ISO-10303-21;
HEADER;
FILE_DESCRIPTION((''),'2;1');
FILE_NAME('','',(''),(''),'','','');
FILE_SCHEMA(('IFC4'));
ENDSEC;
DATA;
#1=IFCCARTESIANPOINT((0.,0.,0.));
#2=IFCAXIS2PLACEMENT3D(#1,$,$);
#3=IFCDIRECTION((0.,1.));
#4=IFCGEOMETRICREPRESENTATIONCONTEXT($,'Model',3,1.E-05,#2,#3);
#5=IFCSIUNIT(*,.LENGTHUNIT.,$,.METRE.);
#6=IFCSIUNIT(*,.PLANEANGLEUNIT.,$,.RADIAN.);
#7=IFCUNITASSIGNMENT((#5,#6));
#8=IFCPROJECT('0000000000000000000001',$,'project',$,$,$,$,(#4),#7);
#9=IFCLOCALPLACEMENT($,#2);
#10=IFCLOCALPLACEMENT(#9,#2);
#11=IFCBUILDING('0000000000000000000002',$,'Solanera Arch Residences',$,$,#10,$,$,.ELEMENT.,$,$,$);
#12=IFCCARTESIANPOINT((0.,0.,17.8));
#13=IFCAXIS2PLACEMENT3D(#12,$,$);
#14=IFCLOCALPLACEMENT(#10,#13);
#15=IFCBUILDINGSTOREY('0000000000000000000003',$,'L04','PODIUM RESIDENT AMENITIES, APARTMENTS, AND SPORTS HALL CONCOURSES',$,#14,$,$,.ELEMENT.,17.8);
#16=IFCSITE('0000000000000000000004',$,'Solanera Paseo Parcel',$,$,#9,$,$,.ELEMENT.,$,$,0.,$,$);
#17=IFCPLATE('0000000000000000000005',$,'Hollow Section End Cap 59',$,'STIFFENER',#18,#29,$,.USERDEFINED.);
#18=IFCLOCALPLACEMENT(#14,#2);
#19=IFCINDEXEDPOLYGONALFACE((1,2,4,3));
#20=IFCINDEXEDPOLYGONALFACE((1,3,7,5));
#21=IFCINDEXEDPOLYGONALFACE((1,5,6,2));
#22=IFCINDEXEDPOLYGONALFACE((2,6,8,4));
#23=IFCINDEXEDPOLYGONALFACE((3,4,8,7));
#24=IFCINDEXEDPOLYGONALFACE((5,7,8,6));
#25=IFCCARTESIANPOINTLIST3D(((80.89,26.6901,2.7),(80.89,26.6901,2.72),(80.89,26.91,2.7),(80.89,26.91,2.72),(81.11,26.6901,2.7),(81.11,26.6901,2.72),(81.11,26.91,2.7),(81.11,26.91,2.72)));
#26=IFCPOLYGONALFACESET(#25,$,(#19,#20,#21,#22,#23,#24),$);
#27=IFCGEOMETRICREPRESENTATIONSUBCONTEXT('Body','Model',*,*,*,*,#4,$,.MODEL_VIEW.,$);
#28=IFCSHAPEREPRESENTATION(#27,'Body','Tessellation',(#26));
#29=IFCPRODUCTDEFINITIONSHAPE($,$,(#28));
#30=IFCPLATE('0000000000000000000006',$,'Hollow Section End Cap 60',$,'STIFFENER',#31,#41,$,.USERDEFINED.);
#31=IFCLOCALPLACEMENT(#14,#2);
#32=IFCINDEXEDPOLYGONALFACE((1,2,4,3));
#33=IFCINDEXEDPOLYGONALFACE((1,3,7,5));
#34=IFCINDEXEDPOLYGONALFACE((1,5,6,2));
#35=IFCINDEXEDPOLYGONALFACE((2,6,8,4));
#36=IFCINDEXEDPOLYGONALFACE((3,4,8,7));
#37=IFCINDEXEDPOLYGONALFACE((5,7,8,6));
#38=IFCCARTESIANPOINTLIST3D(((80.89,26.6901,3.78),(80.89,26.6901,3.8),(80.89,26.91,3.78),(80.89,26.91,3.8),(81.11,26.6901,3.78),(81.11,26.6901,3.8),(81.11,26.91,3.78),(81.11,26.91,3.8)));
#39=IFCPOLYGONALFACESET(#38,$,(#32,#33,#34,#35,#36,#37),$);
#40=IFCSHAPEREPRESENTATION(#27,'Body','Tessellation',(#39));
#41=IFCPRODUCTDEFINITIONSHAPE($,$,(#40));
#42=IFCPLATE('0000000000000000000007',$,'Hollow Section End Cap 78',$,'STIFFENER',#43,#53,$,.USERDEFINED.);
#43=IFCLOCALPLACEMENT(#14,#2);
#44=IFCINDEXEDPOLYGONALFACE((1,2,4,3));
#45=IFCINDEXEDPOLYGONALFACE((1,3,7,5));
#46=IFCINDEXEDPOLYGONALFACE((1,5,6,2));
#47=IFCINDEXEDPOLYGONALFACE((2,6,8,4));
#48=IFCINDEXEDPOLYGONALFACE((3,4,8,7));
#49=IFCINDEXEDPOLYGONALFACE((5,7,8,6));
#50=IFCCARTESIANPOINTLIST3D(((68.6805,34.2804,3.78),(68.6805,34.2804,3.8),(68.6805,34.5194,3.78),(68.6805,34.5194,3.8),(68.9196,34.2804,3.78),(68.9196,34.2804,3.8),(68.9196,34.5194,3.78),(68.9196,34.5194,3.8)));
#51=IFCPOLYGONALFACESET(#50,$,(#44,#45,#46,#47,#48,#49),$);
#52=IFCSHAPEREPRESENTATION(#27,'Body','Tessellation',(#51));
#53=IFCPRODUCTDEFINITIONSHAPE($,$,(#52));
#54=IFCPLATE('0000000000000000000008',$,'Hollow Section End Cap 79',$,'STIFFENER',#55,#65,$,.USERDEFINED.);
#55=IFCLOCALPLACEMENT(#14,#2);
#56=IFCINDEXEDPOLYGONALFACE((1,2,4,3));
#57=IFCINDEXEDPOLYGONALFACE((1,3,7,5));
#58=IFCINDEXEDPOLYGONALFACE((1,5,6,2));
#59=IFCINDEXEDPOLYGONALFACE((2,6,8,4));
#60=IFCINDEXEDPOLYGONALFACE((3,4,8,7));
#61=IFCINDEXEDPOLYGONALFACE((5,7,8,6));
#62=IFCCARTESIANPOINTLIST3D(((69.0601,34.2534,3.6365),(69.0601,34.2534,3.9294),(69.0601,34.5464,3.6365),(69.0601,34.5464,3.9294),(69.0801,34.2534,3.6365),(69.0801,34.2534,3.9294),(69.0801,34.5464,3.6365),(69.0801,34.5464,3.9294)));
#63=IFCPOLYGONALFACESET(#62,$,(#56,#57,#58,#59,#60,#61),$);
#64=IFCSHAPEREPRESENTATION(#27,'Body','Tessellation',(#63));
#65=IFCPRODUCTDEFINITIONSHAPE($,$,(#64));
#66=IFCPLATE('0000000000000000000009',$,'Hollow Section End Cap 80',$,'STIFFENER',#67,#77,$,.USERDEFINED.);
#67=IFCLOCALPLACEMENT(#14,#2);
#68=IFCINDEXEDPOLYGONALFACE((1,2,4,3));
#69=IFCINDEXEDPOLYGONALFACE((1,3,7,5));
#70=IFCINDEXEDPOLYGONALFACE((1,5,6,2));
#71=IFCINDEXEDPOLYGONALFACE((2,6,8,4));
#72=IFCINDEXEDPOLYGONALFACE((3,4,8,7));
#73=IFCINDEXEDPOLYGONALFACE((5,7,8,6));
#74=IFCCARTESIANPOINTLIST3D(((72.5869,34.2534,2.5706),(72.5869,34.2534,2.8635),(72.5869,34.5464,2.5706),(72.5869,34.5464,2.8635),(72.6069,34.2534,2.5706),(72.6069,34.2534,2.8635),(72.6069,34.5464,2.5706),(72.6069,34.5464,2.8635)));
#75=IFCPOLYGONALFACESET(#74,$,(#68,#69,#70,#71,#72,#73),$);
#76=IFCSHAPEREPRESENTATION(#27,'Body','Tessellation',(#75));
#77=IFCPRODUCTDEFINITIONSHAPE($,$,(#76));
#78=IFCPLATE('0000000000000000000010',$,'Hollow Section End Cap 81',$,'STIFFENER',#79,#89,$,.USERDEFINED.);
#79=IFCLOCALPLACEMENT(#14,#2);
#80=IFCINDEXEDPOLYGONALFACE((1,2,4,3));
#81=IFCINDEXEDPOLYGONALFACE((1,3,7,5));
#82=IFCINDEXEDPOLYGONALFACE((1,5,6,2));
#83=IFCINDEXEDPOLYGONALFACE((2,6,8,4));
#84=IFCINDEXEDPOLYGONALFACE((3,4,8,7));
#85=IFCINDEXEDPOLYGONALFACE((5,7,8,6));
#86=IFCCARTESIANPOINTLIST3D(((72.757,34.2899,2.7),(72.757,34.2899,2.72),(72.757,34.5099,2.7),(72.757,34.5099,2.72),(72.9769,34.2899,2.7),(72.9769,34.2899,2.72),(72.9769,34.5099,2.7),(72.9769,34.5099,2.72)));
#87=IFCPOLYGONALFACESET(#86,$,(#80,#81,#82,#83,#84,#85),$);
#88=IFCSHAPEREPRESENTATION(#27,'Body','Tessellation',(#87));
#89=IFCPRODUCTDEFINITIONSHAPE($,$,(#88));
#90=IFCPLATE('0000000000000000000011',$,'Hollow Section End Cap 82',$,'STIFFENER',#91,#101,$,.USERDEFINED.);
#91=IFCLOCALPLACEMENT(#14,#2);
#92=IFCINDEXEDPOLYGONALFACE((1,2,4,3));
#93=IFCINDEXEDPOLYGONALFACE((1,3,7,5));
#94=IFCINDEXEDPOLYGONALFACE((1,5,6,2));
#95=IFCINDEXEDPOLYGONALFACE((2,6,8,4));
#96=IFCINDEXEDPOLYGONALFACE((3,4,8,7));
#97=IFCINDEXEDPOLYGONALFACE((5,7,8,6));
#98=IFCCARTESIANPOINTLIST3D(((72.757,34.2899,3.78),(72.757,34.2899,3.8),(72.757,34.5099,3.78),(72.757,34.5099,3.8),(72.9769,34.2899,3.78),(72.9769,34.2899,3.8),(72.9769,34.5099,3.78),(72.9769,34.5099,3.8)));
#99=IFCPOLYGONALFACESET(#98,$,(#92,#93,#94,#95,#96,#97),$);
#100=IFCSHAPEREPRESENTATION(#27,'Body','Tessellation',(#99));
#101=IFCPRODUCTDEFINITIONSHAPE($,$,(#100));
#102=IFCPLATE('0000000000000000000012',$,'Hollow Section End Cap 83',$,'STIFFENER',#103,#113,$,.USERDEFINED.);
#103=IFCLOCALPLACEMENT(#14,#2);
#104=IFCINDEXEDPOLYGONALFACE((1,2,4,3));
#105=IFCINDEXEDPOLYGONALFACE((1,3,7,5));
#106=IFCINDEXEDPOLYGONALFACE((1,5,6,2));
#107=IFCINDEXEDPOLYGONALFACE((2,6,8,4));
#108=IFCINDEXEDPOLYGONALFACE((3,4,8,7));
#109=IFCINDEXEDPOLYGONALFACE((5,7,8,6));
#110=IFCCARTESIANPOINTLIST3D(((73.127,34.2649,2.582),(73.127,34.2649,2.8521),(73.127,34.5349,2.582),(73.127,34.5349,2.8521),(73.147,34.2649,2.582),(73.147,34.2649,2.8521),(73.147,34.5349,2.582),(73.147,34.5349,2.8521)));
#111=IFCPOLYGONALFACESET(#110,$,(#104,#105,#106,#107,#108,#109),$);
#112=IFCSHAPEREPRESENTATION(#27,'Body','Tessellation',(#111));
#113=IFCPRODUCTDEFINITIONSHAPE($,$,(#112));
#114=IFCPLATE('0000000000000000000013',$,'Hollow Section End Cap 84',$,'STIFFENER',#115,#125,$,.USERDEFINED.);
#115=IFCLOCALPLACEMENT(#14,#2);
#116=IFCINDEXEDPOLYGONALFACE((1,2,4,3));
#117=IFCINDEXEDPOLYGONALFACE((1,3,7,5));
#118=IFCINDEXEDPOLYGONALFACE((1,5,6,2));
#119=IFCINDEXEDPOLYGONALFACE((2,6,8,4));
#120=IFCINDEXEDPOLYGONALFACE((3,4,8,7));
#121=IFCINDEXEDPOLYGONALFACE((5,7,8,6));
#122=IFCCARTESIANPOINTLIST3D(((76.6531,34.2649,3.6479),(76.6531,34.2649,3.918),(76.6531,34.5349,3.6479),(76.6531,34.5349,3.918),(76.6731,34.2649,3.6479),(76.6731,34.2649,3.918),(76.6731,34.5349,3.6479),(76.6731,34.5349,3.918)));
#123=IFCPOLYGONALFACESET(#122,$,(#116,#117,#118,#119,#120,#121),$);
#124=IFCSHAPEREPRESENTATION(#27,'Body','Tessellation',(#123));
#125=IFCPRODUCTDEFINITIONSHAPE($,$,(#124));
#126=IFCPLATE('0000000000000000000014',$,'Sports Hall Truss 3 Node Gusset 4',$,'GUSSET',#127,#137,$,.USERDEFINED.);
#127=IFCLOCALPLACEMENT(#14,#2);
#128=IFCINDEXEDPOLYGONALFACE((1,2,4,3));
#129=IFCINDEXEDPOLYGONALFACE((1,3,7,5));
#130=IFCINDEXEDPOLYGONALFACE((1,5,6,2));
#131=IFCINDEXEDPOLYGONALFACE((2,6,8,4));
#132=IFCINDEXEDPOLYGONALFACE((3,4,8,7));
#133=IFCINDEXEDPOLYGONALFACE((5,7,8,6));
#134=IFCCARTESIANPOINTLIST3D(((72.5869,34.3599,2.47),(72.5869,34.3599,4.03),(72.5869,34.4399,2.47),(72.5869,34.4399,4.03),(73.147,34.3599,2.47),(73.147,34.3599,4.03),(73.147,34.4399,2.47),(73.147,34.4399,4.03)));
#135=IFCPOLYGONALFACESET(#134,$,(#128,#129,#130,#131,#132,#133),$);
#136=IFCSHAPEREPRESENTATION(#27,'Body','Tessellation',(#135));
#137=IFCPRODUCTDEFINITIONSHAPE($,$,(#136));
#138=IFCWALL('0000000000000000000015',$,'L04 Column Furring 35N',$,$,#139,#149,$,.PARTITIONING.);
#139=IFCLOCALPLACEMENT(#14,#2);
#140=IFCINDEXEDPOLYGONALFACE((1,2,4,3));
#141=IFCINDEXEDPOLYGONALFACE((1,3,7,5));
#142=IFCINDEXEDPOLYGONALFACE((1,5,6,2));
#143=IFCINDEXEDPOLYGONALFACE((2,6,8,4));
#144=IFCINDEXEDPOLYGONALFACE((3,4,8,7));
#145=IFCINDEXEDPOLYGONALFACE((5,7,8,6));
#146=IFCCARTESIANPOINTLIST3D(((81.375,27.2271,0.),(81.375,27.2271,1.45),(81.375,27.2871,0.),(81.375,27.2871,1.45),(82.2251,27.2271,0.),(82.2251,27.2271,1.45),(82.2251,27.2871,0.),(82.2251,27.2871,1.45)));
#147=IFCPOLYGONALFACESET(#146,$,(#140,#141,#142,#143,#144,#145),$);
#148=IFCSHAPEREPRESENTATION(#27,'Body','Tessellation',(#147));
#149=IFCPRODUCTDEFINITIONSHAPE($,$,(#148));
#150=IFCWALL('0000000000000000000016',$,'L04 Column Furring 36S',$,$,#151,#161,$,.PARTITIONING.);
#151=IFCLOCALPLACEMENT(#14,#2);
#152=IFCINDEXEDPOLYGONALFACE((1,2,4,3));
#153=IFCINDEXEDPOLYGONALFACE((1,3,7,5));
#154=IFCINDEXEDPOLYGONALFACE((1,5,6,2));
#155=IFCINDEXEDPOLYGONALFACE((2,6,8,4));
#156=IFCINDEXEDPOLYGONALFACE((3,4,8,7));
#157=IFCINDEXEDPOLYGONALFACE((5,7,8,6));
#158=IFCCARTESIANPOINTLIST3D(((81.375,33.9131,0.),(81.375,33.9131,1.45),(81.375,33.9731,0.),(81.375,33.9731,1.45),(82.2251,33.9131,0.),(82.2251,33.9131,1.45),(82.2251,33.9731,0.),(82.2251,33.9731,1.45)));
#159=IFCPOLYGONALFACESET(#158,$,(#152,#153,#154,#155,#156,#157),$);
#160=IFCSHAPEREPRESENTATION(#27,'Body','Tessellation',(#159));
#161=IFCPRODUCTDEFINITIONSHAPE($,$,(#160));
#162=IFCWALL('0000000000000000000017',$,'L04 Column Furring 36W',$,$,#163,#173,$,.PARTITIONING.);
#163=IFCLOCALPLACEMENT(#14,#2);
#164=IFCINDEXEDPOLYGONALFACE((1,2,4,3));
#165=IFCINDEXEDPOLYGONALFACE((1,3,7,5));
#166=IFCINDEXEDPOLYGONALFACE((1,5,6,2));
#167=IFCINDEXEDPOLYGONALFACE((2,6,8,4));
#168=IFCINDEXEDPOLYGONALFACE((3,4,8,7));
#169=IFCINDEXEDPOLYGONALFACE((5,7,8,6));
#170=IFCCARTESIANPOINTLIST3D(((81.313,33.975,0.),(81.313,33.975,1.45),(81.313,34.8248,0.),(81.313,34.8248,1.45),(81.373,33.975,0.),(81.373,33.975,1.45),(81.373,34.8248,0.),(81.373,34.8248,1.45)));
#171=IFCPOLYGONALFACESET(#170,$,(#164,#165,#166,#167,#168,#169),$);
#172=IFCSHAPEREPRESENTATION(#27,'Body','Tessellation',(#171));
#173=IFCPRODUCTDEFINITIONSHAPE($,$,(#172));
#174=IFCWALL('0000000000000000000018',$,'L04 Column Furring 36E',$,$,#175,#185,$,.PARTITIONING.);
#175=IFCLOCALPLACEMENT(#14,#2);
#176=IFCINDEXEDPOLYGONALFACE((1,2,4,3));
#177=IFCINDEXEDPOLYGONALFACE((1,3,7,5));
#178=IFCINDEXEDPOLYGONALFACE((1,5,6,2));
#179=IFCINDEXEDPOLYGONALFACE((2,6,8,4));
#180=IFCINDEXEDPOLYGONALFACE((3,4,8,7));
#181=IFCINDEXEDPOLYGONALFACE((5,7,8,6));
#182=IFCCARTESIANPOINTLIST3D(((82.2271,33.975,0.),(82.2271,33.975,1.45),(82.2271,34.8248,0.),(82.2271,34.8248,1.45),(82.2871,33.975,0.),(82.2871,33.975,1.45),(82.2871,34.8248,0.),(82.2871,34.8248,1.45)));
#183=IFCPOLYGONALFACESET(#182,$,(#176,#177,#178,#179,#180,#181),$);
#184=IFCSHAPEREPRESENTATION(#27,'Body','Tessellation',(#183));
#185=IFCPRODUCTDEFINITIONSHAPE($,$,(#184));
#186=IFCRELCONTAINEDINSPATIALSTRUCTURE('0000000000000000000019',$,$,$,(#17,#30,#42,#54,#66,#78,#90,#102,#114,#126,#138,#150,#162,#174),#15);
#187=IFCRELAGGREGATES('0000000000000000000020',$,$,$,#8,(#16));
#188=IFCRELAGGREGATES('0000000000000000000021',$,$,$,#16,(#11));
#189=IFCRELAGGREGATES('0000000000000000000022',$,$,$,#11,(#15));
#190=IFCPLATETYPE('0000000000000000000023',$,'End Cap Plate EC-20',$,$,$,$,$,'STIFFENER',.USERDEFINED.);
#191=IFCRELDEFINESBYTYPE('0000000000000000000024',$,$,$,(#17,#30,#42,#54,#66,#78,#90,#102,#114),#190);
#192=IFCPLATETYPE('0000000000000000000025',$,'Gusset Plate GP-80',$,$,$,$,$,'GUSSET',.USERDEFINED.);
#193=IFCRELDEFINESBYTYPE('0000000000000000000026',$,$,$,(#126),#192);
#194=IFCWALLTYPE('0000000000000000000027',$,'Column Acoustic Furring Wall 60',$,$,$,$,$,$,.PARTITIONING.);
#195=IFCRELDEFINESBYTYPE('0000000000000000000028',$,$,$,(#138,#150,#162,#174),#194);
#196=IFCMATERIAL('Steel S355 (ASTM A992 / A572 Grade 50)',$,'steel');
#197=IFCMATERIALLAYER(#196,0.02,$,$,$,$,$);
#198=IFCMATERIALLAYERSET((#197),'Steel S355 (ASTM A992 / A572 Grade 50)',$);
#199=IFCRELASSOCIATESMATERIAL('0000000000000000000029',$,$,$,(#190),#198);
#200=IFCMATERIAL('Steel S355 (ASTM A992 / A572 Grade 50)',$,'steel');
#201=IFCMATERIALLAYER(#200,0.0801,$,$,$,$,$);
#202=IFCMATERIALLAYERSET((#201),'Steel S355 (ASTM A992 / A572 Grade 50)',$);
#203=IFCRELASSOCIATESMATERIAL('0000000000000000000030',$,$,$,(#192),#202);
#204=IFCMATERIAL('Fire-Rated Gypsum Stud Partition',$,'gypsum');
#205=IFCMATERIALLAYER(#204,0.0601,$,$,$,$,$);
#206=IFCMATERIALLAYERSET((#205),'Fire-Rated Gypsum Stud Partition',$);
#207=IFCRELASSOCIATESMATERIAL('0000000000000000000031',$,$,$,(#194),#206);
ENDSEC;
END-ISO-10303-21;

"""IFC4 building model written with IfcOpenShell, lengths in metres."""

from ifc_helpers import new_model, si_unit, direction, frame, frame_2d, origin, origin_2d, place, context, subcontext, project, spatial, rectangle, extrude, material, layer, layer_set, type_object, element, save


model = new_model("IFC4")

# Units and contexts
model_context = context("Model", 3, precision=1e-05, world=origin(), true_north=direction((0.0, 1.0)))
body_context = subcontext(model_context, "Body", "Model", "MODEL_VIEW")
ifc_project = project(units=[si_unit("LENGTHUNIT", "METRE"), si_unit("PLANEANGLEUNIT", "RADIAN")], contexts=[model_context])

# Site, building, storey
site_placement = place(None, origin())
site = spatial("IfcSite", under=ifc_project, at=site_placement, Name="Solanera Paseo Parcel", CompositionType="ELEMENT", RefElevation=0.0)
building_placement = place(site_placement, origin())
building = spatial("IfcBuilding", under=site, at=building_placement, Name="Solanera Arch Residences", CompositionType="ELEMENT")
storey_placement = place(building_placement, frame((0.0, 0.0, 17.8)))
storey = spatial("IfcBuildingStorey", under=building, at=storey_placement, Name="L04", Description="PODIUM RESIDENT AMENITIES, APARTMENTS, AND SPORTS HALL CONCOURSES", CompositionType="ELEMENT", Elevation=17.8)

# Plates
ifc_material_1 = material(Name="Steel S355 (ASTM A992 / A572 Grade 50)", Category="steel")
ifc_layer_1 = layer(ifc_material_1, 0.02)
ifc_layer_set_1 = layer_set([ifc_layer_1], Name="Steel S355 (ASTM A992 / A572 Grade 50)")
plate_type_1 = type_object("IfcPlateType", Name="End Cap Plate EC-20", ElementType="STIFFENER", PredefinedType="USERDEFINED", material=ifc_layer_set_1)
for number, where, z_axis, x_axis, name in (
    (1, (81.0, 26.8, 2.7), (0.0, 0.0, 1.0), (1.0, 0.0, 0.0), "Hollow Section End Cap 59"),
    (2, (81.0, 26.8, 3.78), (0.0, 0.0, 1.0), (1.0, 0.0, 0.0), "Hollow Section End Cap 60"),
):
    element("IfcPlate", number, at=place(storey_placement, frame(where, z_axis=z_axis, x_axis=x_axis)), inside=storey, type_object=plate_type_1, Name=name, ObjectType="STIFFENER", PredefinedType="USERDEFINED", context=body_context, shape_type="SweptSolid", body=[
        extrude(rectangle(XDim=0.22, YDim=0.22, at=origin_2d()), origin(), (0.0, 0.0, 1.0), 0.02),
    ])
plate_1_placement = place(storey_placement, frame((68.8, 34.3999, 3.78), z_axis=(0.0, 0.0, 1.0), x_axis=(1.0, 0.0, 0.0)))
element("IfcPlate", 3, at=plate_1_placement, inside=storey, type_object=plate_type_1, Name="Hollow Section End Cap 78", ObjectType="STIFFENER", PredefinedType="USERDEFINED", context=body_context, shape_type="SweptSolid", body=[
    extrude(rectangle(XDim=0.239, YDim=0.239, at=origin_2d()), origin(), (0.0, 0.0, 1.0), 0.02),
])
for number, where, z_axis, x_axis, name in (
    (4, (69.0701, 34.3999, 3.6365), (0.0, 0.0, 1.0), (-1.0, 0.0, 0.0), "Hollow Section End Cap 79"),
    (5, (72.5969, 34.3999, 2.5706), (0.0, 0.0, 1.0), (1.0, 0.0, 0.0), "Hollow Section End Cap 80"),
):
    element("IfcPlate", number, at=place(storey_placement, frame(where, z_axis=z_axis, x_axis=x_axis)), inside=storey, type_object=plate_type_1, Name=name, ObjectType="STIFFENER", PredefinedType="USERDEFINED", context=body_context, shape_type="SweptSolid", body=[
        extrude(rectangle(XDim=0.02, YDim=0.293, at=origin_2d()), origin(), (0.0, 0.0, 1.0), 0.293),
    ])
for number, where, z_axis, x_axis, name in (
    (6, (72.8669, 34.3999, 2.7), (0.0, 0.0, 1.0), (1.0, 0.0, 0.0), "Hollow Section End Cap 81"),
    (7, (72.8669, 34.3999, 3.78), (0.0, 0.0, 1.0), (1.0, 0.0, 0.0), "Hollow Section End Cap 82"),
):
    element("IfcPlate", number, at=place(storey_placement, frame(where, z_axis=z_axis, x_axis=x_axis)), inside=storey, type_object=plate_type_1, Name=name, ObjectType="STIFFENER", PredefinedType="USERDEFINED", context=body_context, shape_type="SweptSolid", body=[
        extrude(rectangle(XDim=0.22, YDim=0.22, at=origin_2d()), origin(), (0.0, 0.0, 1.0), 0.02),
    ])
for number, where, z_axis, x_axis, name in (
    (8, (73.137, 34.3999, 2.582), (0.0, 0.0, 1.0), (-1.0, 0.0, 0.0), "Hollow Section End Cap 83"),
    (9, (76.6631, 34.3999, 3.6479), (0.0, 0.0, 1.0), (1.0, 0.0, 0.0), "Hollow Section End Cap 84"),
):
    element("IfcPlate", number, at=place(storey_placement, frame(where, z_axis=z_axis, x_axis=x_axis)), inside=storey, type_object=plate_type_1, Name=name, ObjectType="STIFFENER", PredefinedType="USERDEFINED", context=body_context, shape_type="SweptSolid", body=[
        extrude(rectangle(XDim=0.02, YDim=0.27, at=origin_2d()), origin(), (0.0, 0.0, 1.0), 0.27),
    ])
ifc_material_2 = material(Name="Steel S355 (ASTM A992 / A572 Grade 50)", Category="steel")
ifc_layer_2 = layer(ifc_material_2, 0.0801)
ifc_layer_set_2 = layer_set([ifc_layer_2], Name="Steel S355 (ASTM A992 / A572 Grade 50)")
plate_type_2 = type_object("IfcPlateType", Name="Gusset Plate GP-80", ElementType="GUSSET", PredefinedType="USERDEFINED", material=ifc_layer_set_2)
plate_2_placement = place(storey_placement, frame((72.8669, 34.3999, 2.47), z_axis=(0.0, 0.0, 1.0), x_axis=(1.0, 0.0, 0.0)))
element("IfcPlate", 10, at=plate_2_placement, inside=storey, type_object=plate_type_2, Name="Sports Hall Truss 3 Node Gusset 4", ObjectType="GUSSET", PredefinedType="USERDEFINED", context=body_context, shape_type="SweptSolid", body=[
    extrude(rectangle(XDim=0.5601, YDim=0.0801, at=origin_2d()), origin(), (0.0, 0.0, 1.0), 1.5601),
])

# Walls
ifc_material_3 = material(Name="Fire-Rated Gypsum Stud Partition", Category="gypsum")
ifc_layer_3 = layer(ifc_material_3, 0.0601)
ifc_layer_set_3 = layer_set([ifc_layer_3], Name="Fire-Rated Gypsum Stud Partition")
wall_type = type_object("IfcWallType", Name="Column Acoustic Furring Wall 60", PredefinedType="PARTITIONING", material=ifc_layer_set_3)
for number, where, z_axis, x_axis, name in (
    (11, (81.375, 27.2571, 0.0), (0.0, 0.0, 1.0), (1.0, 0.0, 0.0), "L04 Column Furring 35N"),
    (12, (81.375, 33.9431, 0.0), (0.0, 0.0, 1.0), (1.0, 0.0, 0.0), "L04 Column Furring 36S"),
):
    element("IfcWall", number, at=place(storey_placement, frame(where, z_axis=z_axis, x_axis=x_axis)), inside=storey, type_object=wall_type, Name=name, PredefinedType="PARTITIONING", context=body_context, shape_type="SweptSolid", body=[
        extrude(rectangle(XDim=0.8501, YDim=0.0601, at=frame_2d((0.425, 0.0))), origin(), (0.0, 0.0, 1.0), 1.45),
    ])
for number, where, z_axis, x_axis, name in (
    (13, (81.343, 33.9751, 0.0), (0.0, 0.0, 1.0), (0.0, 1.0, 0.0), "L04 Column Furring 36W"),
    (14, (82.2571, 33.9751, 0.0), (0.0, 0.0, 1.0), (0.0, 1.0, 0.0), "L04 Column Furring 36E"),
):
    element("IfcWall", number, at=place(storey_placement, frame(where, z_axis=z_axis, x_axis=x_axis)), inside=storey, type_object=wall_type, Name=name, PredefinedType="PARTITIONING", context=body_context, shape_type="SweptSolid", body=[
        extrude(rectangle(XDim=0.8499, YDim=0.0601, at=frame_2d((0.4248, 0.0))), origin(), (0.0, 0.0, 1.0), 1.45),
    ])

save(model, "model.ifc")
